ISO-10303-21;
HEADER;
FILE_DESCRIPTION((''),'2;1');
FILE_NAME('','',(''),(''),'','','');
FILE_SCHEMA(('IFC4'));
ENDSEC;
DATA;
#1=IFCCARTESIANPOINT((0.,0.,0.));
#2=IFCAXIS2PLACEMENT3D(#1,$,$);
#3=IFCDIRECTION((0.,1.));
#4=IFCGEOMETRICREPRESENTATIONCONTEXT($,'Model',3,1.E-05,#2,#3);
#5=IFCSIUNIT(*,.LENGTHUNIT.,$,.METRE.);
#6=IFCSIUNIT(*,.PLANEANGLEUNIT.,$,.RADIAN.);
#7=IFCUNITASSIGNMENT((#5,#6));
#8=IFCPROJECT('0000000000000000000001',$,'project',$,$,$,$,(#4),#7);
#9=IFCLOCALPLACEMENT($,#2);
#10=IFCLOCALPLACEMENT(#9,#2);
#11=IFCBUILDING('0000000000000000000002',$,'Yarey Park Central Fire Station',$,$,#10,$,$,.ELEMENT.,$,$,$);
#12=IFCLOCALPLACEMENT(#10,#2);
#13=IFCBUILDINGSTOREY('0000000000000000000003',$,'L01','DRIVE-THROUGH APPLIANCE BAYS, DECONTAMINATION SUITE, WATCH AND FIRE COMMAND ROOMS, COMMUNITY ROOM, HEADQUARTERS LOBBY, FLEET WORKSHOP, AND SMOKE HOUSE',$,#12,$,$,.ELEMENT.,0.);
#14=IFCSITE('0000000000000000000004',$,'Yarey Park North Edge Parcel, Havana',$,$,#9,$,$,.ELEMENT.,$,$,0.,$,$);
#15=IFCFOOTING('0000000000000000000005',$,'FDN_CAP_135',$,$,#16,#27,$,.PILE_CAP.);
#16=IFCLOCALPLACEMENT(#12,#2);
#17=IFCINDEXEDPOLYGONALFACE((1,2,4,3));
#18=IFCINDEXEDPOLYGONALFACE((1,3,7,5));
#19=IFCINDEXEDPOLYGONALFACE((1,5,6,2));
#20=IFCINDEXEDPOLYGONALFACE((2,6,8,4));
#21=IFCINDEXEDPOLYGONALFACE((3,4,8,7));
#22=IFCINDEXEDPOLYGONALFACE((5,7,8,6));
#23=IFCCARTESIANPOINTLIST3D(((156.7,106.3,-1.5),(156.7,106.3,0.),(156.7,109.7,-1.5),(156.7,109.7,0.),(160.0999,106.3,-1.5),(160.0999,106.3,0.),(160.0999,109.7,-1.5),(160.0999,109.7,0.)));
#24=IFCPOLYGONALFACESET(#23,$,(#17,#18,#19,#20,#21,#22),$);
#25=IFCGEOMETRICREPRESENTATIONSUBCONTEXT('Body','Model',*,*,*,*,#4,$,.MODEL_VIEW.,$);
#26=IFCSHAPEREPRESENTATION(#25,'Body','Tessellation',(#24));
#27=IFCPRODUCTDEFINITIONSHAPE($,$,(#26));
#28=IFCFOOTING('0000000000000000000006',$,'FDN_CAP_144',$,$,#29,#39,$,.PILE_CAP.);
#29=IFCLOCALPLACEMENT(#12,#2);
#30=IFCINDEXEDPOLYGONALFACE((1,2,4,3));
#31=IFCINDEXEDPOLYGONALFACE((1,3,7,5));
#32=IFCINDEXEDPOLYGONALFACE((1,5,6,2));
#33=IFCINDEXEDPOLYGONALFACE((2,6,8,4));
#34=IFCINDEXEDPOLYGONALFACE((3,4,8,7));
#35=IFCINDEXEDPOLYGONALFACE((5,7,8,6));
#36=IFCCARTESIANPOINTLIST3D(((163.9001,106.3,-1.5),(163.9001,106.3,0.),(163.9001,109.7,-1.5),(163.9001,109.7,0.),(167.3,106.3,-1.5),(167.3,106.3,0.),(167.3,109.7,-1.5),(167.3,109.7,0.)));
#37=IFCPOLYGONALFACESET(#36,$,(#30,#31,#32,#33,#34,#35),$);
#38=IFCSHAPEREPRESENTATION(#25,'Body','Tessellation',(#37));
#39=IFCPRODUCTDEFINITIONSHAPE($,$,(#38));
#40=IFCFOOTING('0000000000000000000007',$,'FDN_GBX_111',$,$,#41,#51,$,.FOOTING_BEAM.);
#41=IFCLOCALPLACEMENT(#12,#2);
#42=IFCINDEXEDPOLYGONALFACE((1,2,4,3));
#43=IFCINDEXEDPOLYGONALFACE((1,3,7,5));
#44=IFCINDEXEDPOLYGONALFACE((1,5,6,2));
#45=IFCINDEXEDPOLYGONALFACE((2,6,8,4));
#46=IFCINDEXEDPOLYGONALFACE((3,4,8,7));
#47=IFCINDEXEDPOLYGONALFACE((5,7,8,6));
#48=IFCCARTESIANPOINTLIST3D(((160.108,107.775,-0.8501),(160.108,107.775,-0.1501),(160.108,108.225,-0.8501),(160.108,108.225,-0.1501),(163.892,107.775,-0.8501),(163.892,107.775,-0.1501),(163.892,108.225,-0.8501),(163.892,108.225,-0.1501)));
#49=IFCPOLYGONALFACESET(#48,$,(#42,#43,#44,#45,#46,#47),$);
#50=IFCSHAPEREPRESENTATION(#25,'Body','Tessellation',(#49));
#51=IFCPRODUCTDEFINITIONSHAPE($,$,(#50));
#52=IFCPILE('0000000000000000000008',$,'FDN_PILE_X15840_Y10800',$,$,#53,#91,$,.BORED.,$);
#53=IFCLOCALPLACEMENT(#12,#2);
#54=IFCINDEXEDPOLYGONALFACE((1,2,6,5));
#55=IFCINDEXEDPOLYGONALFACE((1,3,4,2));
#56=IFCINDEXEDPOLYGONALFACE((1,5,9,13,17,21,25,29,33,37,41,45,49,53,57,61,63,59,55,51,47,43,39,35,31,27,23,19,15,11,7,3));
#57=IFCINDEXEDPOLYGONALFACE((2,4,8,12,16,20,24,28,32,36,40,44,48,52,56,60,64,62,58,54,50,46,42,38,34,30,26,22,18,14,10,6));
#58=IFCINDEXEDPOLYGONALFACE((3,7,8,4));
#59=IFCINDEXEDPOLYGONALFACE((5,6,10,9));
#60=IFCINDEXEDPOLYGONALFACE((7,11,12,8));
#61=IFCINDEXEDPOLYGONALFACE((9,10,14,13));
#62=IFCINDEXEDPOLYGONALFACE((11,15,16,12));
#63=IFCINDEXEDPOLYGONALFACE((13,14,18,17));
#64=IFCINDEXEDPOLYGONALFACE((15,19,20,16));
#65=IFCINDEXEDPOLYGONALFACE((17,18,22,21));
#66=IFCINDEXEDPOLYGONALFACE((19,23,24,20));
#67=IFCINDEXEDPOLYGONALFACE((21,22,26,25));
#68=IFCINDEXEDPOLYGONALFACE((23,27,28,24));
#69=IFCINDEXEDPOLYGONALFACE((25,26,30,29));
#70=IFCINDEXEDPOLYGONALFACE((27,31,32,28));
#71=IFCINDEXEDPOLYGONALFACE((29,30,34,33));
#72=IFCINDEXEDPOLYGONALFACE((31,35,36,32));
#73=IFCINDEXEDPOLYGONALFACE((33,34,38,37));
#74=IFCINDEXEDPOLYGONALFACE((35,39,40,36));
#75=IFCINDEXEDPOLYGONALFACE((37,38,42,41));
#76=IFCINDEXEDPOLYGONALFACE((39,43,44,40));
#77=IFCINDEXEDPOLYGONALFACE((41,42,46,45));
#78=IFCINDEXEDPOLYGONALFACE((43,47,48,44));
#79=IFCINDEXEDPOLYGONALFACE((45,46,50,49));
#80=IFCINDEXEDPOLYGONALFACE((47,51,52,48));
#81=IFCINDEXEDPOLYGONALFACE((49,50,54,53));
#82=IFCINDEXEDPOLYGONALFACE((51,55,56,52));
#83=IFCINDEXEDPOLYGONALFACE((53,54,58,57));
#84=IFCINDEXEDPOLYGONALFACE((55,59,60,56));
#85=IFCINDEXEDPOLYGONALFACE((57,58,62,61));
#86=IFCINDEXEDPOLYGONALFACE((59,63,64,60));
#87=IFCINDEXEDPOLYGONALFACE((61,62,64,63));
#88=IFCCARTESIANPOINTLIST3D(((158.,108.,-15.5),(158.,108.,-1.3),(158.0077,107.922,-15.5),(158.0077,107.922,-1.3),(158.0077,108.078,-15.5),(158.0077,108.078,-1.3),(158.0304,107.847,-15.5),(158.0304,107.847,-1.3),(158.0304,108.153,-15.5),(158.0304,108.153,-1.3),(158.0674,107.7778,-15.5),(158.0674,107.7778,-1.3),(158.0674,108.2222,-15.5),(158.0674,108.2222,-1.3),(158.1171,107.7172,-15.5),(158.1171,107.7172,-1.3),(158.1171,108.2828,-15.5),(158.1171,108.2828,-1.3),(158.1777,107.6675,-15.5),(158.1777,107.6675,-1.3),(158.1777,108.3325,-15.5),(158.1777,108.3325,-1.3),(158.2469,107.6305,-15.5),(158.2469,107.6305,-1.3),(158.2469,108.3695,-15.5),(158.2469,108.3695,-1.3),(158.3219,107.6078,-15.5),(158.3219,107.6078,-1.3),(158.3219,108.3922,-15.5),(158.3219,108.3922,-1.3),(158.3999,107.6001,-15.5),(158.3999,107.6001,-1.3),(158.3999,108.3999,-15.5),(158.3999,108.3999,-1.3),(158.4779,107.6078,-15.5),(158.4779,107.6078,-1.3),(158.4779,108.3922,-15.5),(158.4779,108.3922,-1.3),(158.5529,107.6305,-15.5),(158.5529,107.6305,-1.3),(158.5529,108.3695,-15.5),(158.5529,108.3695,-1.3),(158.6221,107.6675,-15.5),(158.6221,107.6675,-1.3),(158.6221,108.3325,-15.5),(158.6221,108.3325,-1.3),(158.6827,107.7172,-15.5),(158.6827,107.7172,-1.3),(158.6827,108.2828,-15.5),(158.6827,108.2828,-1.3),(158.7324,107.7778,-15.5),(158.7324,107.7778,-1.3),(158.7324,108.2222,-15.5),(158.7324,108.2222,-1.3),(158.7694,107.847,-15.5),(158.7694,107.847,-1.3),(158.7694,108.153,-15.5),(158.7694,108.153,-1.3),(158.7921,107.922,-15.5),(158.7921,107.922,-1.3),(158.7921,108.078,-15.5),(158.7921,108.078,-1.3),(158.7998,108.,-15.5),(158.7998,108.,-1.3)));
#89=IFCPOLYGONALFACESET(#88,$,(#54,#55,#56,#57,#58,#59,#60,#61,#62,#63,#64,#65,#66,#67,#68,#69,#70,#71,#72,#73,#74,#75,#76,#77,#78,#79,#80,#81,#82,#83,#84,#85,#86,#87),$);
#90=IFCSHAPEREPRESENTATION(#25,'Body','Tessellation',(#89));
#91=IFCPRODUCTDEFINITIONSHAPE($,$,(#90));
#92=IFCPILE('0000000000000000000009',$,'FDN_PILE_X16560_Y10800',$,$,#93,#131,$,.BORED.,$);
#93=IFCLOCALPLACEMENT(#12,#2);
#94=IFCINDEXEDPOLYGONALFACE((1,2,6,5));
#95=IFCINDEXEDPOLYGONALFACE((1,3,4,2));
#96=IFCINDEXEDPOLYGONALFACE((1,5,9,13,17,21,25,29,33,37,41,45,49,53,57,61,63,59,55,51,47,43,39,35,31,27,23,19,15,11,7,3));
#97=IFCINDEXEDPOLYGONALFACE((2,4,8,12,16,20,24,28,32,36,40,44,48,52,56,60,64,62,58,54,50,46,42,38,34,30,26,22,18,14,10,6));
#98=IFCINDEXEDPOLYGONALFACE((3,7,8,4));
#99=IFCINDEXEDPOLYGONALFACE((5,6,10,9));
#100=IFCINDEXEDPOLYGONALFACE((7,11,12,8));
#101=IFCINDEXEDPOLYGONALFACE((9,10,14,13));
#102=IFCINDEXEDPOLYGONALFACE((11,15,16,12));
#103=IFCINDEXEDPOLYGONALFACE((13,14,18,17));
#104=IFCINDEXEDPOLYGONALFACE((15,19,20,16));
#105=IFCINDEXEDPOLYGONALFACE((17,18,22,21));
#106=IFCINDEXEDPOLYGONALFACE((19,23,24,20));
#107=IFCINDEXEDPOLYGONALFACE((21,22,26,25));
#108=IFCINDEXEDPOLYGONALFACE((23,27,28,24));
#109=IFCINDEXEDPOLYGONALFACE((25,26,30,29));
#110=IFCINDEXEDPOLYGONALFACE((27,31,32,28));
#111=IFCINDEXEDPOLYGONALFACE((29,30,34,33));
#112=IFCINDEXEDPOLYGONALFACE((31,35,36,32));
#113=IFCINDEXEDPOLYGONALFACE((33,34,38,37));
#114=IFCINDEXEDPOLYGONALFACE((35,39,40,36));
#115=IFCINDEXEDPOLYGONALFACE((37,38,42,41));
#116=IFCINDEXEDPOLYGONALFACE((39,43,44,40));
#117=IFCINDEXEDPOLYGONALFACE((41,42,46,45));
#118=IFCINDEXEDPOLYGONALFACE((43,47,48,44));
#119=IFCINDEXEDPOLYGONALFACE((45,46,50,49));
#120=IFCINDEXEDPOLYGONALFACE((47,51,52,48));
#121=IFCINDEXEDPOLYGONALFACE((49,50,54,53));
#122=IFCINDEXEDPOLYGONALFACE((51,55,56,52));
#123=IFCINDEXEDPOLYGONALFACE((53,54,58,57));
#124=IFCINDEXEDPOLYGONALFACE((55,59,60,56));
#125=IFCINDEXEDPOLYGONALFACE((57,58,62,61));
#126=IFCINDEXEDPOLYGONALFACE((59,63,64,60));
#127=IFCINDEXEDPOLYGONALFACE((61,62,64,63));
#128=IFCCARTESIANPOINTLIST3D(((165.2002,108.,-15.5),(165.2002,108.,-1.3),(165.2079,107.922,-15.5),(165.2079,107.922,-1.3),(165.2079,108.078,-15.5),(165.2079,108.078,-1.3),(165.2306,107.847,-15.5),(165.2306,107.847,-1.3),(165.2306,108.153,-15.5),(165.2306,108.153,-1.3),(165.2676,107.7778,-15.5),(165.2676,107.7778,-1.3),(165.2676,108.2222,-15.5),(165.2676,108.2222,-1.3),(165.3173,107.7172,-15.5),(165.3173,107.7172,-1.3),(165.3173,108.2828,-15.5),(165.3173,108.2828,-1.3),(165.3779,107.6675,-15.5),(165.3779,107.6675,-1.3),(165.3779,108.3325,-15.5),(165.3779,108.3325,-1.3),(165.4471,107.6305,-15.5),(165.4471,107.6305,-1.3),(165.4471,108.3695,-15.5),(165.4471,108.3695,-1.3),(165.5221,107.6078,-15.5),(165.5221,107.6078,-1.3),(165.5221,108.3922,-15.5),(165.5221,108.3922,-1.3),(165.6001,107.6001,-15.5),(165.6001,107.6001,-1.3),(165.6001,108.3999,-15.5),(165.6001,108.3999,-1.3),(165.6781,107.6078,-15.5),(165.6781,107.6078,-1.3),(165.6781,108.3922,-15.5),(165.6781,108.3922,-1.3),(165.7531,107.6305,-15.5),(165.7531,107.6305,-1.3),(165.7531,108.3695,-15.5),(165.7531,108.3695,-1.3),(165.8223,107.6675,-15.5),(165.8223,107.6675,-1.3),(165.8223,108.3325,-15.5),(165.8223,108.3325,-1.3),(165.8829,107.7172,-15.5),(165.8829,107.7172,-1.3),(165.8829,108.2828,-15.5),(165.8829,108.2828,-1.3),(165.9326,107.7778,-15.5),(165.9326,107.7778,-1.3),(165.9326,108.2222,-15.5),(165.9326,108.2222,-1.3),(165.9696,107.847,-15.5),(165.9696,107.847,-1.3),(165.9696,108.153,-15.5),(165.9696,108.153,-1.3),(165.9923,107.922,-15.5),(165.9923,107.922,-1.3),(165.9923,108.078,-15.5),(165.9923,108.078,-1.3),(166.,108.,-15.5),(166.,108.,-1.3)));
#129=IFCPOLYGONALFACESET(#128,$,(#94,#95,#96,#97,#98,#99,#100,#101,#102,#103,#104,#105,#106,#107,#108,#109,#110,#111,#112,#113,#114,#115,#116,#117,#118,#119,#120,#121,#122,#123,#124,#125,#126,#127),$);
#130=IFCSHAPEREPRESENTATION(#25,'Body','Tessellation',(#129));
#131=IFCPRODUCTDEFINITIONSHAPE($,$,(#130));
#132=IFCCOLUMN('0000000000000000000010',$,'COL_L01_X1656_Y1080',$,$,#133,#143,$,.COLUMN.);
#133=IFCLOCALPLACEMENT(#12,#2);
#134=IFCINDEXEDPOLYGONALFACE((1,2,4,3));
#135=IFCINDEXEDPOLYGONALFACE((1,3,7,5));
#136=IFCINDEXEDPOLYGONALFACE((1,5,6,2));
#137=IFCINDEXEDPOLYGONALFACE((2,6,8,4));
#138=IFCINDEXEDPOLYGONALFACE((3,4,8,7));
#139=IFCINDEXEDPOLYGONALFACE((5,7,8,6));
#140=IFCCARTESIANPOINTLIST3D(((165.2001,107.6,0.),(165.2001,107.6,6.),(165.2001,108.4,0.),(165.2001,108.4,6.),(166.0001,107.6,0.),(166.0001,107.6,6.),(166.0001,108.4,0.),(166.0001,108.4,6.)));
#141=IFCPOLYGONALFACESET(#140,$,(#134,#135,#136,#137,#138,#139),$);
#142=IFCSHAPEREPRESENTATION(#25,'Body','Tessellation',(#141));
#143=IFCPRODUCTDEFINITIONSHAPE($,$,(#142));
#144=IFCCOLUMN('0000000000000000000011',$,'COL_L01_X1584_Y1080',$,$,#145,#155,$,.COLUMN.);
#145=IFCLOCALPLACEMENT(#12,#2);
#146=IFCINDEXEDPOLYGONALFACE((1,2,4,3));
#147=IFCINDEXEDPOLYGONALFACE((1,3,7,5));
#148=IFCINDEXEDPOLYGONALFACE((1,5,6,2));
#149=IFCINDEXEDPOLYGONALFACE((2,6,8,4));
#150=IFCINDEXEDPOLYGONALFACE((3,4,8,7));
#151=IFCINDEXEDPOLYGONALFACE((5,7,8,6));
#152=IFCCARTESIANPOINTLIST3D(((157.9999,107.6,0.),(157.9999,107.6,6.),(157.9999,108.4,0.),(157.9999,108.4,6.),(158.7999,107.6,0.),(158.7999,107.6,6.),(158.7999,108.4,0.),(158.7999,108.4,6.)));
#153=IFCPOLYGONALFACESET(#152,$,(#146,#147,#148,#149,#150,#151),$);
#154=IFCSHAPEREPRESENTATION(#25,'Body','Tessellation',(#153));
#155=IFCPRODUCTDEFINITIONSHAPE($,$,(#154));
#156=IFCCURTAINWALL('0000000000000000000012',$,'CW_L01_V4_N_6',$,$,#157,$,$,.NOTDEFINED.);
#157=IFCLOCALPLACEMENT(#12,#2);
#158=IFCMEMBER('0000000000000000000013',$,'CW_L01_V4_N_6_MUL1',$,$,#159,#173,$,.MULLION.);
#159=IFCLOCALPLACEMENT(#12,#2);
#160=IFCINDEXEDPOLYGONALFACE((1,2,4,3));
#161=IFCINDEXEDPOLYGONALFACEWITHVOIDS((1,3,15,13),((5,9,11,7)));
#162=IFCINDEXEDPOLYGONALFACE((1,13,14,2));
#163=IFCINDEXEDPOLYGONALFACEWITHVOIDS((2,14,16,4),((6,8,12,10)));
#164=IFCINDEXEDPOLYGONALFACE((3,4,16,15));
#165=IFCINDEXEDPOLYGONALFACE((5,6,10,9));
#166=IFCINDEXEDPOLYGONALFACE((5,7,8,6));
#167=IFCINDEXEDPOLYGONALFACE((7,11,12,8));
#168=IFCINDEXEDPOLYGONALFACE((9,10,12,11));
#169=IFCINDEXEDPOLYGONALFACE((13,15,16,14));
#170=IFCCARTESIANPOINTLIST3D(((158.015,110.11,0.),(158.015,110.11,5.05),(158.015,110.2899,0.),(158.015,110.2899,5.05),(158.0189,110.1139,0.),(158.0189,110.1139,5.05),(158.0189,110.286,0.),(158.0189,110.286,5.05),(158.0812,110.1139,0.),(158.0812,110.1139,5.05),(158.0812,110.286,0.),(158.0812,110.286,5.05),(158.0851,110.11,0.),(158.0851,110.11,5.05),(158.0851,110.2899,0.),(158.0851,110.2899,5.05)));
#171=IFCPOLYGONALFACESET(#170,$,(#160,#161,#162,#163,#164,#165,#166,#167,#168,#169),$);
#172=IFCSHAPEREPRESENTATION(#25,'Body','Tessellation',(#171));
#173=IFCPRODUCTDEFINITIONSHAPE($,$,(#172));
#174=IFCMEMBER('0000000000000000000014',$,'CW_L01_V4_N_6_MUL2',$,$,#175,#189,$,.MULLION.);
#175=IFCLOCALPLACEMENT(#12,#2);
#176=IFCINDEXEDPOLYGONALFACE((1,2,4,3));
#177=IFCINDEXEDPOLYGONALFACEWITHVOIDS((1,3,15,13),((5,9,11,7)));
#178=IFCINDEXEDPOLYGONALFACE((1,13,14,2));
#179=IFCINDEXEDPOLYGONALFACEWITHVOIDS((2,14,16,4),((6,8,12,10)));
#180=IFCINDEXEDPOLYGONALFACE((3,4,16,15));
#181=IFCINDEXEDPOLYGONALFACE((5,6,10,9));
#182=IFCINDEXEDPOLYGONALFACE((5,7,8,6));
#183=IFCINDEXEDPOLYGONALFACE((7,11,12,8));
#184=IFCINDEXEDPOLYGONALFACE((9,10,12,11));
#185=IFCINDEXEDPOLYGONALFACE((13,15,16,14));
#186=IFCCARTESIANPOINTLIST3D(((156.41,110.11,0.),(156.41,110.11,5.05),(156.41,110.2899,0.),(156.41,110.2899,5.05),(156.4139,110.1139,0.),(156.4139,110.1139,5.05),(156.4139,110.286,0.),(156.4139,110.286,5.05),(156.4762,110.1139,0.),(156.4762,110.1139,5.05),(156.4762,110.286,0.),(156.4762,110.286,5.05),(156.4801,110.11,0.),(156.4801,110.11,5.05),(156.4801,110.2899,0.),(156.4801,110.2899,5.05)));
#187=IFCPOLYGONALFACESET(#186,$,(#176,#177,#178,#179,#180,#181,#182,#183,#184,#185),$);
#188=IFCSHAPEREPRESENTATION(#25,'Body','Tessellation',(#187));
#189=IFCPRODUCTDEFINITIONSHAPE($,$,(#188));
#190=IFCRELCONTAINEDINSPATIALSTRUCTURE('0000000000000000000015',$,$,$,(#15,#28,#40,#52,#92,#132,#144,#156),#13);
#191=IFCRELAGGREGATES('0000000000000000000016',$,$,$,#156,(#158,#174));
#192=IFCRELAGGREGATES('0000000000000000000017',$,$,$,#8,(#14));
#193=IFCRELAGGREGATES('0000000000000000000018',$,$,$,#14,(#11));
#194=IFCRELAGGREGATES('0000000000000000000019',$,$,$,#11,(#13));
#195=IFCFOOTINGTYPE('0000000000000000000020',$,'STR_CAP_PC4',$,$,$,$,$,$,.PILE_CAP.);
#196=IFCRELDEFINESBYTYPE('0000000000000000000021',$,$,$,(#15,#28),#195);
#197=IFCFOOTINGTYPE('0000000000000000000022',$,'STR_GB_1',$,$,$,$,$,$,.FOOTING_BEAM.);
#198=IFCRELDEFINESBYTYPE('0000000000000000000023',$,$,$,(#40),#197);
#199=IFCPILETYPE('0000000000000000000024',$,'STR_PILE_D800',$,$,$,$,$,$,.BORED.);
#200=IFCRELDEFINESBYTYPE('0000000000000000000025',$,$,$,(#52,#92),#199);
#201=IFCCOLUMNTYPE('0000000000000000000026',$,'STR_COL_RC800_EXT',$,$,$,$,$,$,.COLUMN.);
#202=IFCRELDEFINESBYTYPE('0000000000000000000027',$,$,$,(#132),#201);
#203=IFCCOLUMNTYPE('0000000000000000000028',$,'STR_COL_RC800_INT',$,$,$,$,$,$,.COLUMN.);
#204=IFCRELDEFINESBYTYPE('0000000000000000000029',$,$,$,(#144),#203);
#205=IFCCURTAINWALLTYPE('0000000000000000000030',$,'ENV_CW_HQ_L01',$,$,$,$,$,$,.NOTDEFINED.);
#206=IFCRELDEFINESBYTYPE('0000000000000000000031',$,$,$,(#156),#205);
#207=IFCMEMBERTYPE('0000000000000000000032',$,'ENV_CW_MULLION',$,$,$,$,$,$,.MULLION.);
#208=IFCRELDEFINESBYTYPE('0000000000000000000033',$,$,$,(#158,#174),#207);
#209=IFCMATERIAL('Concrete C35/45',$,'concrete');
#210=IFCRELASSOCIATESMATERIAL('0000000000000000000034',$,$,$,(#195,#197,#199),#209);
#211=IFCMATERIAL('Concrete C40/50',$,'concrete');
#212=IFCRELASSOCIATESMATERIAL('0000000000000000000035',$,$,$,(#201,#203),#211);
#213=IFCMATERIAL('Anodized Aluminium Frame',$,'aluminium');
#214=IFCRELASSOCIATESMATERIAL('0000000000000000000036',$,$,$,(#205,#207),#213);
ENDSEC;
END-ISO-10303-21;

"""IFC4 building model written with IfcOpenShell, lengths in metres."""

from ifc_helpers import new_model, si_unit, direction, frame, origin, origin_2d, place, context, subcontext, project, spatial, rectangle, hollow_rectangle, circle, extrude, material, material_profile, profile_set, type_object, element, aggregate, save


model = new_model("IFC4")

# Units and contexts
model_context = context("Model", 3, precision=1e-05, world=origin(), true_north=direction((0.0, 1.0)))
body_context = subcontext(model_context, "Body", "Model", "MODEL_VIEW")
ifc_project = project(units=[si_unit("LENGTHUNIT", "METRE"), si_unit("PLANEANGLEUNIT", "RADIAN")], contexts=[model_context])

# Site, building, storey
site_placement = place(None, origin())
site = spatial("IfcSite", under=ifc_project, at=site_placement, Name="Yarey Park North Edge Parcel, Havana", CompositionType="ELEMENT", RefElevation=0.0)
building_placement = place(site_placement, origin())
building = spatial("IfcBuilding", under=site, at=building_placement, Name="Yarey Park Central Fire Station", CompositionType="ELEMENT")
storey_placement = place(building_placement, origin())
storey = spatial("IfcBuildingStorey", under=building, at=storey_placement, Name="L01", Description="DRIVE-THROUGH APPLIANCE BAYS, DECONTAMINATION SUITE, WATCH AND FIRE COMMAND ROOMS, COMMUNITY ROOM, HEADQUARTERS LOBBY, FLEET WORKSHOP, AND SMOKE HOUSE", CompositionType="ELEMENT", Elevation=0.0)

# Footings
ifc_material_1 = material(Name="Concrete C35/45", Category="concrete")
footing_type_1 = type_object("IfcFootingType", Name="STR_CAP_PC4", PredefinedType="PILE_CAP", material=ifc_material_1)
for number, where, z_axis, x_axis, name in (
    (1, (158.3999, 108.0, -1.5), (0.0, 0.0, 1.0), (1.0, 0.0, 0.0), "FDN_CAP_135"),
    (2, (165.6001, 108.0, -1.5), (0.0, 0.0, 1.0), (1.0, 0.0, 0.0), "FDN_CAP_144"),
):
    element("IfcFooting", number, at=place(storey_placement, frame(where, z_axis=z_axis, x_axis=x_axis)), inside=storey, type_object=footing_type_1, Name=name, PredefinedType="PILE_CAP", context=body_context, shape_type="SweptSolid", body=[
        extrude(rectangle(XDim=3.3999, YDim=3.3999, at=origin_2d()), origin(), (0.0, 0.0, 1.0), 1.5),
    ])
footing_type_2 = type_object("IfcFootingType", Name="STR_GB_1", PredefinedType="FOOTING_BEAM", material=ifc_material_1)
footing_placement = place(storey_placement, frame((162.0, 108.0, -0.8501), z_axis=(0.0, 0.0, 1.0), x_axis=(1.0, 0.0, 0.0)))
element("IfcFooting", 3, at=footing_placement, inside=storey, type_object=footing_type_2, Name="FDN_GBX_111", PredefinedType="FOOTING_BEAM", context=body_context, shape_type="SweptSolid", body=[
    extrude(rectangle(XDim=3.7839, YDim=0.45, at=origin_2d()), origin(), (0.0, 0.0, 1.0), 0.7),
])

# Piles
ifc_material_profile_1 = material_profile(ifc_material_1, circle(Radius=0.3999, at=origin_2d()), Name="BORED PILE D800")
ifc_profile_set_1 = profile_set([ifc_material_profile_1], Name="Concrete C35/45")
pile_type = type_object("IfcPileType", Name="STR_PILE_D800", PredefinedType="BORED", material=ifc_profile_set_1)
for number, where, z_axis, x_axis, name in (
    (4, (158.3999, 108.0, -1.3), (0.0, 0.0, -1.0), (1.0, 0.0, 0.0), "FDN_PILE_X15840_Y10800"),
    (5, (165.6001, 108.0, -1.3), (0.0, 0.0, -1.0), (1.0, 0.0, 0.0), "FDN_PILE_X16560_Y10800"),
):
    element("IfcPile", number, at=place(storey_placement, frame(where, z_axis=z_axis, x_axis=x_axis)), inside=storey, type_object=pile_type, Name=name, PredefinedType="BORED", context=body_context, shape_type="SweptSolid", body=[
        extrude(circle(Radius=0.3999, at=origin_2d()), origin(), (0.0, 0.0, 1.0), 14.2),
    ])

# Columns
ifc_material_2 = material(Name="Concrete C40/50", Category="concrete")
ifc_material_profile_2 = material_profile(ifc_material_2, rectangle(XDim=0.8, YDim=0.8, at=origin_2d()), Name="RC 800x800")
ifc_profile_set_2 = profile_set([ifc_material_profile_2], Name="Concrete C40/50")
column_type_1 = type_object("IfcColumnType", Name="STR_COL_RC800_EXT", PredefinedType="COLUMN", material=ifc_profile_set_2)
column_1_placement = place(storey_placement, frame((165.6001, 108.0, 0.0), z_axis=(0.0, 0.0, 1.0), x_axis=(1.0, 0.0, 0.0)))
element("IfcColumn", 6, at=column_1_placement, inside=storey, type_object=column_type_1, Name="COL_L01_X1656_Y1080", PredefinedType="COLUMN", context=body_context, shape_type="SweptSolid", body=[
    extrude(rectangle(XDim=0.8, YDim=0.8, at=origin_2d()), origin(), (0.0, 0.0, 1.0), 6.0),
])
ifc_material_profile_3 = material_profile(ifc_material_2, rectangle(XDim=0.8, YDim=0.8, at=origin_2d()), Name="RC 800x800")
ifc_profile_set_3 = profile_set([ifc_material_profile_3], Name="Concrete C40/50")
column_type_2 = type_object("IfcColumnType", Name="STR_COL_RC800_INT", PredefinedType="COLUMN", material=ifc_profile_set_3)
column_2_placement = place(storey_placement, frame((158.3999, 108.0, 0.0), z_axis=(0.0, 0.0, 1.0), x_axis=(1.0, 0.0, 0.0)))
element("IfcColumn", 7, at=column_2_placement, inside=storey, type_object=column_type_2, Name="COL_L01_X1584_Y1080", PredefinedType="COLUMN", context=body_context, shape_type="SweptSolid", body=[
    extrude(rectangle(XDim=0.8, YDim=0.8, at=origin_2d()), origin(), (0.0, 0.0, 1.0), 6.0),
])

# Curtain wall, members
ifc_material_3 = material(Name="Anodized Aluminium Frame", Category="aluminium")
curtain_wall_type = type_object("IfcCurtainWallType", Name="ENV_CW_HQ_L01", PredefinedType="NOTDEFINED", material=ifc_material_3)
curtain_wall_1_placement = place(storey_placement, origin())
curtain_wall_1 = element("IfcCurtainWall", 8, at=curtain_wall_1_placement, inside=storey, type_object=curtain_wall_type, Name="CW_L01_V4_N_6", PredefinedType="NOTDEFINED")
ifc_material_profile_4 = material_profile(ifc_material_3, hollow_rectangle(XDim=0.0701, YDim=0.1799, WallThickness=0.0039, at=origin_2d()), Name="ALU 180x70x4")
ifc_profile_set_4 = profile_set([ifc_material_profile_4], Name="Anodized Aluminium Frame")
member_type_1 = type_object("IfcMemberType", Name="ENV_CW_MULLION", PredefinedType="MULLION", material=ifc_profile_set_4)
member_1_placement = place(storey_placement, frame((158.05, 110.2, 0.0), z_axis=(0.0, 0.0, 1.0), x_axis=(1.0, 0.0, 0.0)))
member_1 = element("IfcMember", 9, at=member_1_placement, type_object=member_type_1, Name="CW_L01_V4_N_6_MUL1", PredefinedType="MULLION", context=body_context, shape_type="SweptSolid", body=[
    extrude(hollow_rectangle(XDim=0.0701, YDim=0.1799, WallThickness=0.0039, at=origin_2d()), origin(), (0.0, 0.0, 1.0), 5.05),
])
member_2_placement = place(storey_placement, frame((156.4451, 110.2, 0.0), z_axis=(0.0, 0.0, 1.0), x_axis=(1.0, 0.0, 0.0)))
member_2 = element("IfcMember", 10, at=member_2_placement, type_object=member_type_1, Name="CW_L01_V4_N_6_MUL2", PredefinedType="MULLION", context=body_context, shape_type="SweptSolid", body=[
    extrude(hollow_rectangle(XDim=0.0701, YDim=0.1799, WallThickness=0.0039, at=origin_2d()), origin(), (0.0, 0.0, 1.0), 5.05),
])

aggregate(curtain_wall_1, [member_1, member_2])

save(model, "model.ifc")
